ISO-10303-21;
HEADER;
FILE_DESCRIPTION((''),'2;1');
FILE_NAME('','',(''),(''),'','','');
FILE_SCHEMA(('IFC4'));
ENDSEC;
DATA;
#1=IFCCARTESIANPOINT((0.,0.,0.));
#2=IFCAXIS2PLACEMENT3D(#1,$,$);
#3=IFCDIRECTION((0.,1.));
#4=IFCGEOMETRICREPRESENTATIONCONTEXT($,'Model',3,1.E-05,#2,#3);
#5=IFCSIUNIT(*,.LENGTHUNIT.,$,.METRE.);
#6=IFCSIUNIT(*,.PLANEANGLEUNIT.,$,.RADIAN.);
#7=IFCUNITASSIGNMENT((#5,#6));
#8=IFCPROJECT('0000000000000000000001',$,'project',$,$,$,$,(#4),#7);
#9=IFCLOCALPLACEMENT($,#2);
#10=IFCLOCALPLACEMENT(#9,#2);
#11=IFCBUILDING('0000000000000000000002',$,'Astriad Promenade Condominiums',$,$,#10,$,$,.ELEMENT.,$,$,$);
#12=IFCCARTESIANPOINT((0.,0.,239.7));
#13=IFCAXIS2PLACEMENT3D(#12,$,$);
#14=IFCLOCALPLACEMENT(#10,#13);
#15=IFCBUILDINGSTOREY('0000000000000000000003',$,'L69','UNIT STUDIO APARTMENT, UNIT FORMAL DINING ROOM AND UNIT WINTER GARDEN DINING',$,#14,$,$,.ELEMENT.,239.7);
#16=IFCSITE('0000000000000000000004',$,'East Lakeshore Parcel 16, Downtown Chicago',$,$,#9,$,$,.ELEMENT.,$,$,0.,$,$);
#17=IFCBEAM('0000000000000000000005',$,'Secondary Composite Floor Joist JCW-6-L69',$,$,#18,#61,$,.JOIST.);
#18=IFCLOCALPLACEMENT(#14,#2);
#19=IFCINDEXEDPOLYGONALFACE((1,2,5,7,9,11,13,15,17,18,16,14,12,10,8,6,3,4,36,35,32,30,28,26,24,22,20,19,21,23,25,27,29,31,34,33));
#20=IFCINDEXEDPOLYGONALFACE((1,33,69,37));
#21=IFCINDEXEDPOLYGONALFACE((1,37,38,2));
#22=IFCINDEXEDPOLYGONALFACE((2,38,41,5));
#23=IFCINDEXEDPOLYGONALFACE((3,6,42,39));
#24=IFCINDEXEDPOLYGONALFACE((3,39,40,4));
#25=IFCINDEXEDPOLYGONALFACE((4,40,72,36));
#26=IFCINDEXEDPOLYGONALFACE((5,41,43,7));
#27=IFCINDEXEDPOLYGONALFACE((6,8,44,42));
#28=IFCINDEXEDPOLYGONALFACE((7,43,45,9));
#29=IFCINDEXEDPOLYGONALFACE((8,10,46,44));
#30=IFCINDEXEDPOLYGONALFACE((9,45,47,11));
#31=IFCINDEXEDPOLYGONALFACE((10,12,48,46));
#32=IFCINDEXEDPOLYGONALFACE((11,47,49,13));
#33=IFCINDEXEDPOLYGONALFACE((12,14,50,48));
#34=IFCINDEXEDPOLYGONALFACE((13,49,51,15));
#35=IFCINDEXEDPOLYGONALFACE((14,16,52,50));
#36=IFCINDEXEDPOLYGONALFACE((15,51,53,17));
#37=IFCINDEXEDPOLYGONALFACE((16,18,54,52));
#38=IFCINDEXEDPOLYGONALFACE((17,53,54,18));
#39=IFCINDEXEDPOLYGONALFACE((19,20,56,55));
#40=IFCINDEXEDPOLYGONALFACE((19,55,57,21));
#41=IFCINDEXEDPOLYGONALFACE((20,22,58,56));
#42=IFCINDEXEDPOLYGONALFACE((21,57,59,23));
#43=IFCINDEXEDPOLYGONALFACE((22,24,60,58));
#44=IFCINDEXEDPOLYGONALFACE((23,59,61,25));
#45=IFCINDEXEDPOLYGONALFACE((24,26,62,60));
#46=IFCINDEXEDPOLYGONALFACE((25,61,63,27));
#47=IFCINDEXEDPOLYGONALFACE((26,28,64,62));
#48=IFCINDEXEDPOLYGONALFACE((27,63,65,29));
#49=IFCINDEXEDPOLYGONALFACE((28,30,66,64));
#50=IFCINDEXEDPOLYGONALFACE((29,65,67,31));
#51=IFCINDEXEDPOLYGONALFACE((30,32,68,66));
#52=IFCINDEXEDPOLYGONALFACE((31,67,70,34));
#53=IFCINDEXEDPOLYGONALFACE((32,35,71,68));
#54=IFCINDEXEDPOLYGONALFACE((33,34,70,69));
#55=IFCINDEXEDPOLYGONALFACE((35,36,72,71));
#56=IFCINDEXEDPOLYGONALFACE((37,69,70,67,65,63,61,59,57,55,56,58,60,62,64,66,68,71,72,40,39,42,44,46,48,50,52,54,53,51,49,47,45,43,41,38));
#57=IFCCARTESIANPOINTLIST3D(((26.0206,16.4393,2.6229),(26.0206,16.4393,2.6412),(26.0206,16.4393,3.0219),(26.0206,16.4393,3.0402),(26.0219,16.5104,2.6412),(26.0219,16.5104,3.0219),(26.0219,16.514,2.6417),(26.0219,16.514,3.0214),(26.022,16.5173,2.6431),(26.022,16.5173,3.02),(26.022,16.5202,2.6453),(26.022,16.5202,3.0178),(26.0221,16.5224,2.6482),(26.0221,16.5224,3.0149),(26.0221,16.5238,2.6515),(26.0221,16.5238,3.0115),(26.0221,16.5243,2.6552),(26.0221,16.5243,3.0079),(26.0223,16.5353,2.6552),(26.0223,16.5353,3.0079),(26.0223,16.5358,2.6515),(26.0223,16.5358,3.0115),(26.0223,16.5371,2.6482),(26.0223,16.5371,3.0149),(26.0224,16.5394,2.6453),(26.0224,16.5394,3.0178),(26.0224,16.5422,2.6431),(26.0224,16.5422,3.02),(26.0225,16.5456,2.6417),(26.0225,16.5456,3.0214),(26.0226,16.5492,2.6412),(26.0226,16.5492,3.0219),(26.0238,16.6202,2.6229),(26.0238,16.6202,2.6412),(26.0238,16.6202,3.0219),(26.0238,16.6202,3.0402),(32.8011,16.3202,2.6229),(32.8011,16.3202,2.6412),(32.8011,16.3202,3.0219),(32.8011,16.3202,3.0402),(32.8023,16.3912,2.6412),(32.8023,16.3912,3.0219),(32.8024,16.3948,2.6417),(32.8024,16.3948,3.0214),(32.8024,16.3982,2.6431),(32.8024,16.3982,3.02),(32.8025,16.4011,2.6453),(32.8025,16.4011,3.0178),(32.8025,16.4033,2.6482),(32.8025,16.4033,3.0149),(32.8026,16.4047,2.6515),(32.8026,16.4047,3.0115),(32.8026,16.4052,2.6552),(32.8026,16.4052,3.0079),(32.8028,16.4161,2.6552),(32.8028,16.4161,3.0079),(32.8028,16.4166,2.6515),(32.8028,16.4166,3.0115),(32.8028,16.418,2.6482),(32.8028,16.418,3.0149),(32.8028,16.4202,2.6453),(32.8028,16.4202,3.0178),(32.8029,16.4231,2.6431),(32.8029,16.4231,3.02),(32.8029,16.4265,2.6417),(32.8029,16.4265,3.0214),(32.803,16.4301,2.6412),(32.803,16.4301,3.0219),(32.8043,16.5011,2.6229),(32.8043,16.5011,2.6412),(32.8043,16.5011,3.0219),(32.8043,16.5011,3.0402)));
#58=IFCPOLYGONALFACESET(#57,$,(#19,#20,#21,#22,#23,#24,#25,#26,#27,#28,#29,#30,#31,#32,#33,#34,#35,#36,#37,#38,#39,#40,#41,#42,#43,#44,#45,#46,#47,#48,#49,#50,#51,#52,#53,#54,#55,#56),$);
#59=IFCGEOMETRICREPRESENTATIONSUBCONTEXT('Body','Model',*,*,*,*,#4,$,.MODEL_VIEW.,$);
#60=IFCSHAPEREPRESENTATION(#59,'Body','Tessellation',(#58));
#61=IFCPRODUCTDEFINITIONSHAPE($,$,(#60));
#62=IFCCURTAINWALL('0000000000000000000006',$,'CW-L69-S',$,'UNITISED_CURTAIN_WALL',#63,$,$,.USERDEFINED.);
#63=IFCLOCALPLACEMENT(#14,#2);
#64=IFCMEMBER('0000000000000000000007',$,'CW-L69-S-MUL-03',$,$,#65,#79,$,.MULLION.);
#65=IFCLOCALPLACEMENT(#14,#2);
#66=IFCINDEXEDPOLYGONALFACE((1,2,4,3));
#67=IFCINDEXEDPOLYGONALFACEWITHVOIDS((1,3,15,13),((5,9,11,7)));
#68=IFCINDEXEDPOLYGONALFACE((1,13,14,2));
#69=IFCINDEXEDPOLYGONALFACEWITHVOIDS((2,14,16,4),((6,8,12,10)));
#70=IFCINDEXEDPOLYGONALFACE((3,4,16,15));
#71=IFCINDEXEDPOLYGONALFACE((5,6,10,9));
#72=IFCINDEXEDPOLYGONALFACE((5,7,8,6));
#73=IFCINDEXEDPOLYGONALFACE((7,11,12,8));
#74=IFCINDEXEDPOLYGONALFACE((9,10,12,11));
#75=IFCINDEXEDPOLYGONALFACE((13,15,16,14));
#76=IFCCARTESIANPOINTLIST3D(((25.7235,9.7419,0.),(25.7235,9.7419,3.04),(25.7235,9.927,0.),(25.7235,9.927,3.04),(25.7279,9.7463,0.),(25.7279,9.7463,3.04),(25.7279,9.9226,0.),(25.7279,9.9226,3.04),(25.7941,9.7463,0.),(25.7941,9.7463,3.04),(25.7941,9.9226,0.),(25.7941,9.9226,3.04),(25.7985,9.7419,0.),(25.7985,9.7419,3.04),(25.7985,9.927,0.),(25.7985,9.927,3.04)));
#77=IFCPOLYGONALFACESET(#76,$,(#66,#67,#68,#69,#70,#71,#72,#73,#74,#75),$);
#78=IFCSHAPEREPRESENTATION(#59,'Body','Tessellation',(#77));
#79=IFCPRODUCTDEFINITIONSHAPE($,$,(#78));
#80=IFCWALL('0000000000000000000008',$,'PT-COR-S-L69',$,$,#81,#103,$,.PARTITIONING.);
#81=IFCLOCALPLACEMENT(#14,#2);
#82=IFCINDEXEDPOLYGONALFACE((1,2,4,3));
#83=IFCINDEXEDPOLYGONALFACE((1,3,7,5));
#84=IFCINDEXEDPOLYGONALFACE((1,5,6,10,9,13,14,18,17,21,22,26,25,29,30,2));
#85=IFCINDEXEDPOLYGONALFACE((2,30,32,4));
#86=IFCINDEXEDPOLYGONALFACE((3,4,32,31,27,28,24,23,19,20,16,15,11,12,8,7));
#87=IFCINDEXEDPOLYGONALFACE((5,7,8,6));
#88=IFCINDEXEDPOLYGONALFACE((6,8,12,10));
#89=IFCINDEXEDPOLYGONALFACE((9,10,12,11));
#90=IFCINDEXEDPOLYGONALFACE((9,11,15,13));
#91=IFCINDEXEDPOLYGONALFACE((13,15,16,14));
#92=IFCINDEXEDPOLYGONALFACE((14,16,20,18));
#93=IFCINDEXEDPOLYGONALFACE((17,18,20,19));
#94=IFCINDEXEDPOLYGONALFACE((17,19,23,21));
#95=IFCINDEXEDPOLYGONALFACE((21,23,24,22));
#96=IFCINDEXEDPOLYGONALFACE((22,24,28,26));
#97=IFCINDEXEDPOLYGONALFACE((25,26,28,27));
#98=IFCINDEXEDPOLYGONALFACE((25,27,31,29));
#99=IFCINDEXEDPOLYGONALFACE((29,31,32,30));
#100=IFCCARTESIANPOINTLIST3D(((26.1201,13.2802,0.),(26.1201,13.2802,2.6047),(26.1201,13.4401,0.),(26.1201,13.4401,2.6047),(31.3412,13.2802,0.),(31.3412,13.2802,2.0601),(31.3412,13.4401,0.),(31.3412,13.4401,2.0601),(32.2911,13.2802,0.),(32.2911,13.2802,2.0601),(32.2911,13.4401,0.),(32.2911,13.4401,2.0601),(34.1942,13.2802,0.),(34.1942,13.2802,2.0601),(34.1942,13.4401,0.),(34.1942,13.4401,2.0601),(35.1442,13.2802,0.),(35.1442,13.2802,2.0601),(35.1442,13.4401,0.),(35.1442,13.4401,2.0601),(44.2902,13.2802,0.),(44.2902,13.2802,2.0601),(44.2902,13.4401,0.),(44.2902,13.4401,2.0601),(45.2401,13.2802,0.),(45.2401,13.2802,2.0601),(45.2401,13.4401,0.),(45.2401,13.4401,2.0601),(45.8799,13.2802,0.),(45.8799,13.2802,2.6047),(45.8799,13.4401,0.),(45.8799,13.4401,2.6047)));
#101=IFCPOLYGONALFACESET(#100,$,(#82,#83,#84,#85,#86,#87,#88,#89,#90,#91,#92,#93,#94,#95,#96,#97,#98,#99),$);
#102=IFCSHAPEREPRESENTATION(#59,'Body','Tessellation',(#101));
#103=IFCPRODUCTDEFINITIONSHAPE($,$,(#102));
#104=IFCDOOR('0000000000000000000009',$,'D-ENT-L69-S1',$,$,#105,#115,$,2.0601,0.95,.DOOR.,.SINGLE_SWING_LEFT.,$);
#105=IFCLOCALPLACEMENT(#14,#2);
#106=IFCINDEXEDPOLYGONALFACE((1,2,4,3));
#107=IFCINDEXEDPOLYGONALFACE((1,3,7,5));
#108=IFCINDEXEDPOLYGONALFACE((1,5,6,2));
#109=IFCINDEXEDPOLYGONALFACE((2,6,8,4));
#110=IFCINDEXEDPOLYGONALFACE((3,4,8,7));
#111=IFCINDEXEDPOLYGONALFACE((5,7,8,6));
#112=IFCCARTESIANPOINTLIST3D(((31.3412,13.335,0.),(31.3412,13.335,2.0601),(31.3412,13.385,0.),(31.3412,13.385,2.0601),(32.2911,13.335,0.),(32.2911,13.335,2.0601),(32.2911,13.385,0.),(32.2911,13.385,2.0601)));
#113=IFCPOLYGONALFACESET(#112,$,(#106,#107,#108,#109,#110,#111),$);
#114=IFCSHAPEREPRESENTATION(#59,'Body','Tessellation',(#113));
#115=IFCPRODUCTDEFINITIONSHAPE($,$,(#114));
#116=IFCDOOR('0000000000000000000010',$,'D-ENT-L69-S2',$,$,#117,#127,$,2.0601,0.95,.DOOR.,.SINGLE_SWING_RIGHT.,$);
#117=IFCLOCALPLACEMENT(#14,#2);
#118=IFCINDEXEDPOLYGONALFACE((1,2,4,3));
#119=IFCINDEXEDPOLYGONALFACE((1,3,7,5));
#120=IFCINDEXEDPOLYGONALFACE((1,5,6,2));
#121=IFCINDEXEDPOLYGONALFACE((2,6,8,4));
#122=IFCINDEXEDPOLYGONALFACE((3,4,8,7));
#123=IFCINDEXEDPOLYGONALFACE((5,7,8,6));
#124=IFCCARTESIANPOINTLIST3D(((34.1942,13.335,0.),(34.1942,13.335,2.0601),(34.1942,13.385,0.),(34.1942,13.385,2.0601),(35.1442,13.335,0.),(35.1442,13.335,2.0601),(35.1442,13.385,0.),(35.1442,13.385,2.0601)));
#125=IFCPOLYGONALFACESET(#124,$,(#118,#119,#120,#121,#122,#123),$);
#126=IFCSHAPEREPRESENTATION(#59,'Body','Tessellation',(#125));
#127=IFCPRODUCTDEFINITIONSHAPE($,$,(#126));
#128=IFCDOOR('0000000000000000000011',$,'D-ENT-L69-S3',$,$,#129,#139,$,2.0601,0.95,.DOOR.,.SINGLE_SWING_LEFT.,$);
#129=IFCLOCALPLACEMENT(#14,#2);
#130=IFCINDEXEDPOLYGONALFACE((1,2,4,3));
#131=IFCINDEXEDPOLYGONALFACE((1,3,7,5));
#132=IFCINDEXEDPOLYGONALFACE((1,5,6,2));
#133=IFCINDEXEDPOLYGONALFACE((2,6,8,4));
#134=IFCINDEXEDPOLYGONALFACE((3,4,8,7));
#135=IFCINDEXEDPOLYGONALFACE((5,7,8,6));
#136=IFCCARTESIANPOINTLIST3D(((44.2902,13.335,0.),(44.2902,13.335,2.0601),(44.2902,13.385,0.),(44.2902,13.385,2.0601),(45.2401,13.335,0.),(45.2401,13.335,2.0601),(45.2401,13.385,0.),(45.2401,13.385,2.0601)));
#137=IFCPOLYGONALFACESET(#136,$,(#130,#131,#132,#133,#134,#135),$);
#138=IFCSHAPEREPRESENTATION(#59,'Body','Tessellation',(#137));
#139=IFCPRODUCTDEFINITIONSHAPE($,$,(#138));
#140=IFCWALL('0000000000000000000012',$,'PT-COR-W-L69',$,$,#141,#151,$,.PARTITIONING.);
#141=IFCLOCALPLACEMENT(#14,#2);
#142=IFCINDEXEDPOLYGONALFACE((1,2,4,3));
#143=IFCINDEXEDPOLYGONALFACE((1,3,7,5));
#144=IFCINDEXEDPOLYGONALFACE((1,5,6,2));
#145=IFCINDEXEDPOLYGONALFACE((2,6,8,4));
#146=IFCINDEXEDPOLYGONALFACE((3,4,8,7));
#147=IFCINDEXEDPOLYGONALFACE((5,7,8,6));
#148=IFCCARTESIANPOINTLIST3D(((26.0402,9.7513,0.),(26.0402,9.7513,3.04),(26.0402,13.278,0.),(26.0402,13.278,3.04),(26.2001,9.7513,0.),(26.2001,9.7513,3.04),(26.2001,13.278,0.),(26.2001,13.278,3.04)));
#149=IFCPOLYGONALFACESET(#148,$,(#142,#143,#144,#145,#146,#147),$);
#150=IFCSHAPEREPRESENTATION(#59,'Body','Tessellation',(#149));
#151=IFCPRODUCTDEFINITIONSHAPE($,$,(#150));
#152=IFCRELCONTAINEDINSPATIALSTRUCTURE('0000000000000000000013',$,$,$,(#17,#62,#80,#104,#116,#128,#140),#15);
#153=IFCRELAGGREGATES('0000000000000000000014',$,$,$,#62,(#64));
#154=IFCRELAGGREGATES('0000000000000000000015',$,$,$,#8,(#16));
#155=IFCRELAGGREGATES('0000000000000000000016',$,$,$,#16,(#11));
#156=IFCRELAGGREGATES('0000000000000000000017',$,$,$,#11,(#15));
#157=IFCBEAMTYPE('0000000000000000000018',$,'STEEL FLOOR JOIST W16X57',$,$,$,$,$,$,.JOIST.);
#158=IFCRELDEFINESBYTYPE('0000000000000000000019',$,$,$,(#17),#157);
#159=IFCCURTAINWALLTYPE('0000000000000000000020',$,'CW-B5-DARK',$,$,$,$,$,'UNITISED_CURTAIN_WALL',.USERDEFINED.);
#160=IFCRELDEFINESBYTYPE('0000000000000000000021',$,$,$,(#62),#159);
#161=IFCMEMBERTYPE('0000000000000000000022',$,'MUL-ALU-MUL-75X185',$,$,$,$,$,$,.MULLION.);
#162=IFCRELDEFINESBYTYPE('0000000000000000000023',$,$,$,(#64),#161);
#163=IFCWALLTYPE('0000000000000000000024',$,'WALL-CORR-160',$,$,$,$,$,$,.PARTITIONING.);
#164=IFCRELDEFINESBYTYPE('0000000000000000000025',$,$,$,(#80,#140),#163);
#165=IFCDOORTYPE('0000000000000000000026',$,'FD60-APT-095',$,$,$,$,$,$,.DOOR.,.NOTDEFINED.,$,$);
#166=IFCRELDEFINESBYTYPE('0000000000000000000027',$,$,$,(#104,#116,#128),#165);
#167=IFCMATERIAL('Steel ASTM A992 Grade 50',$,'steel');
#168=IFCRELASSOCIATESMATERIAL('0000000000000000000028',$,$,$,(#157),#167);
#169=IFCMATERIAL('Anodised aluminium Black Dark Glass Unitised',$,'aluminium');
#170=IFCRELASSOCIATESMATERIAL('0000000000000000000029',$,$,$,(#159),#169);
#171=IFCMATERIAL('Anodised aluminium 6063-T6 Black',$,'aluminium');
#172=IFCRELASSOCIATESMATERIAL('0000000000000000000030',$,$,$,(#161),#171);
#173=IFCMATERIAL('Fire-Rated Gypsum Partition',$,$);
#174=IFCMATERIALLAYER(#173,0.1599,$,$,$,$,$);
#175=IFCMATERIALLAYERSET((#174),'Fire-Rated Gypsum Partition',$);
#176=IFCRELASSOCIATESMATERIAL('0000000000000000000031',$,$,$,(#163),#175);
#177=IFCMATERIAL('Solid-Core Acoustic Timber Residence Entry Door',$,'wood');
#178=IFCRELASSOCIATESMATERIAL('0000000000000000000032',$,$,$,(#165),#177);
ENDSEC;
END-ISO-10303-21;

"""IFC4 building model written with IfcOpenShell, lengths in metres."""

from ifc_helpers import new_model, si_unit, direction, frame, frame_2d, origin, origin_2d, place, context, subcontext, project, spatial, rectangle, hollow_rectangle, i_section, extrude, source, transform, mapped, material, layer, layer_set, material_profile, profile_set, type_object, type_shapes, element, fill, aggregate, save


model = new_model("IFC4")

# Units and contexts
model_context = context("Model", 3, precision=1e-05, world=origin(), true_north=direction((0.0, 1.0)))
body_context = subcontext(model_context, "Body", "Model", "MODEL_VIEW")
ifc_project = project(units=[si_unit("LENGTHUNIT", "METRE"), si_unit("PLANEANGLEUNIT", "RADIAN")], contexts=[model_context])

# Site, building, storey
site_placement = place(None, origin())
site = spatial("IfcSite", under=ifc_project, at=site_placement, Name="East Lakeshore Parcel 16, Downtown Chicago", CompositionType="ELEMENT", RefElevation=0.0)
building_placement = place(site_placement, origin())
building = spatial("IfcBuilding", under=site, at=building_placement, Name="Astriad Promenade Condominiums", CompositionType="ELEMENT")
storey_placement = place(building_placement, frame((0.0, 0.0, 239.7)))
storey = spatial("IfcBuildingStorey", under=building, at=storey_placement, Name="L69", Description="UNIT STUDIO APARTMENT, UNIT FORMAL DINING ROOM AND UNIT WINTER GARDEN DINING", CompositionType="ELEMENT", Elevation=239.7)

# Beam
ifc_material_1 = material(Name="Steel ASTM A992 Grade 50", Category="steel")
ifc_material_profile_1 = material_profile(ifc_material_1, i_section(OverallWidth=0.1809, OverallDepth=0.4172, WebThickness=0.011, FlangeThickness=0.0183, FilletRadius=0.0139, at=origin_2d()), Name="W16X57")
ifc_profile_set_1 = profile_set([ifc_material_profile_1], Name="Steel ASTM A992 Grade 50")
beam_type_1 = type_object("IfcBeamType", Name="STEEL FLOOR JOIST W16X57", PredefinedType="JOIST", material=ifc_profile_set_1)
shared_shape_1 = source(origin(), body_context, "Body", "SweptSolid", [
    extrude(i_section(OverallWidth=0.1809, OverallDepth=0.4172, WebThickness=0.011, FlangeThickness=0.0183, FilletRadius=0.0139, at=origin_2d()), origin(), (0.0, 0.0, 1.0), 6.7815),
])
beam_1_placement = place(storey_placement, frame((26.0222, 16.5298, 2.8315), z_axis=(0.999846, -0.017568, 0.0), x_axis=(0.017568, 0.999846, 0.0)))
element("IfcBeam", 1, at=beam_1_placement, inside=storey, type_object=beam_type_1, Name="Secondary Composite Floor Joist JCW-6-L69", PredefinedType="JOIST", context=body_context, shape_type="MappedRepresentation", body=[
    mapped(shared_shape_1, transform((0.0, 0.0, 0.0), scale=1.0)),
])

# Curtain wall, member
ifc_material_2 = material(Name="Anodised aluminium Black Dark Glass Unitised", Category="aluminium")
curtain_wall_type = type_object("IfcCurtainWallType", Name="CW-B5-DARK", ElementType="UNITISED_CURTAIN_WALL", PredefinedType="USERDEFINED", material=ifc_material_2)
curtain_wall_placement = place(storey_placement, origin())
curtain_wall = element("IfcCurtainWall", 2, at=curtain_wall_placement, inside=storey, type_object=curtain_wall_type, Name="CW-L69-S", ObjectType="UNITISED_CURTAIN_WALL", PredefinedType="USERDEFINED")
ifc_material_3 = material(Name="Anodised aluminium 6063-T6 Black", Category="aluminium")
ifc_material_profile_2 = material_profile(ifc_material_3, hollow_rectangle(XDim=0.075, YDim=0.1851, WallThickness=0.0044, at=origin_2d()), Name="ALU-MUL-75X185")
ifc_profile_set_2 = profile_set([ifc_material_profile_2], Name="Anodised aluminium 6063-T6 Black")
member_type = type_object("IfcMemberType", Name="MUL-ALU-MUL-75X185", PredefinedType="MULLION", material=ifc_profile_set_2)
shared_shape_2 = source(origin(), body_context, "Body", "SweptSolid", [
    extrude(hollow_rectangle(XDim=0.075, YDim=0.1851, WallThickness=0.0044, at=origin_2d()), origin(), (0.0, 0.0, 1.0), 3.04),
])
type_shapes(member_type, [shared_shape_2])
member_placement = place(storey_placement, frame((25.761, 9.8345, 0.0), z_axis=(0.0, 0.0, 1.0), x_axis=(1.0, 0.0, 0.0)))
member = element("IfcMember", 3, at=member_placement, type_object=member_type, Name="CW-L69-S-MUL-03", PredefinedType="MULLION", context=body_context, shape_type="MappedRepresentation", body=[
    mapped(shared_shape_2, transform((0.0, 0.0, 0.0), scale=1.0)),
])
aggregate(curtain_wall, [member])

# Wall, openings, doors
ifc_material_4 = material(Name="Fire-Rated Gypsum Partition")
ifc_layer_1 = layer(ifc_material_4, 0.1599)
ifc_layer_set_1 = layer_set([ifc_layer_1], Name="Fire-Rated Gypsum Partition")
wall_type_1 = type_object("IfcWallType", Name="WALL-CORR-160", PredefinedType="PARTITIONING", material=ifc_layer_set_1)
wall_1_placement = place(storey_placement, frame((26.1201, 13.3601, 0.0), z_axis=(0.0, 0.0, 1.0), x_axis=(1.0, 0.0, 0.0)))
wall_1 = element("IfcWall", 4, at=wall_1_placement, inside=storey, type_object=wall_type_1, Name="PT-COR-S-L69", PredefinedType="PARTITIONING", context=body_context, shape_type="SweptSolid", body=[
    extrude(rectangle(XDim=19.7598, YDim=0.1599, at=frame_2d((9.8799, 0.0))), origin(), (0.0, 0.0, 1.0), 2.6047),
])
opening_1_placement = place(wall_1_placement, frame((5.2209, 0.0, 0.0)))
opening_1 = element("IfcOpeningElement", 5, at=opening_1_placement, cuts=wall_1, PredefinedType="OPENING", context=body_context, shape_type="SweptSolid", body=[
    extrude(rectangle(XDim=0.95, YDim=2.0601, at=frame_2d((0.4751, 1.03))), frame((0.0, 0.0898, 0.0), z_axis=(0.0, -1.0, 0.0), x_axis=(1.0, 0.0, 0.0)), (0.0, 0.0, 1.0), 0.1799),
])
opening_2_placement = place(wall_1_placement, frame((8.074, 0.0, 0.0)))
opening_2 = element("IfcOpeningElement", 6, at=opening_2_placement, cuts=wall_1, PredefinedType="OPENING", context=body_context, shape_type="SweptSolid", body=[
    extrude(rectangle(XDim=0.95, YDim=2.0601, at=frame_2d((0.4751, 1.03))), frame((0.0, 0.0898, 0.0), z_axis=(0.0, -1.0, 0.0), x_axis=(1.0, 0.0, 0.0)), (0.0, 0.0, 1.0), 0.1799),
])
opening_3_placement = place(wall_1_placement, frame((18.1699, 0.0, 0.0)))
opening_3 = element("IfcOpeningElement", 7, at=opening_3_placement, cuts=wall_1, PredefinedType="OPENING", context=body_context, shape_type="SweptSolid", body=[
    extrude(rectangle(XDim=0.95, YDim=2.0601, at=frame_2d((0.4751, 1.03))), frame((0.0, 0.0898, 0.0), z_axis=(0.0, -1.0, 0.0), x_axis=(1.0, 0.0, 0.0)), (0.0, 0.0, 1.0), 0.1799),
])
ifc_material_5 = material(Name="Solid-Core Acoustic Timber Residence Entry Door", Category="wood")
door_type_1 = type_object("IfcDoorType", Name="FD60-APT-095", OperationType="NOTDEFINED", PredefinedType="DOOR", material=ifc_material_5)
shared_shape_3 = source(origin(), body_context, "Body", "SweptSolid", [
    extrude(rectangle(XDim=0.95, YDim=2.0601, at=frame_2d((0.4751, 1.03))), frame((0.0, 0.0249, 0.0), z_axis=(0.0, -1.0, 0.0), x_axis=(1.0, 0.0, 0.0)), (0.0, 0.0, 1.0), 0.05),
])
type_shapes(door_type_1, [shared_shape_3])
door_1_placement = place(opening_1_placement, origin())
door_1 = element("IfcDoor", 8, at=door_1_placement, inside=storey, type_object=door_type_1, Name="D-ENT-L69-S1", OperationType="SINGLE_SWING_LEFT", OverallHeight=2.0601, OverallWidth=0.95, PredefinedType="DOOR", context=body_context, shape_type="MappedRepresentation", body=[
    mapped(shared_shape_3, transform((0.0, 0.0, 0.0), scale=1.0)),
])
fill(opening_1, door_1)
door_2_placement = place(opening_2_placement, origin())
door_2 = element("IfcDoor", 9, at=door_2_placement, inside=storey, type_object=door_type_1, Name="D-ENT-L69-S2", OperationType="SINGLE_SWING_RIGHT", OverallHeight=2.0601, OverallWidth=0.95, PredefinedType="DOOR", context=body_context, shape_type="MappedRepresentation", body=[
    mapped(shared_shape_3, transform((0.0, 0.0, 0.0), scale=1.0)),
])
fill(opening_2, door_2)
door_3_placement = place(opening_3_placement, origin())
door_3 = element("IfcDoor", 10, at=door_3_placement, inside=storey, type_object=door_type_1, Name="D-ENT-L69-S3", OperationType="SINGLE_SWING_LEFT", OverallHeight=2.0601, OverallWidth=0.95, PredefinedType="DOOR", context=body_context, shape_type="MappedRepresentation", body=[
    mapped(shared_shape_3, transform((0.0, 0.0, 0.0), scale=1.0)),
])
fill(opening_3, door_3)

# Wall
wall_2_placement = place(storey_placement, frame((26.1201, 9.7515, 0.0), z_axis=(0.0, 0.0, 1.0), x_axis=(0.0, 1.0, 0.0)))
element("IfcWall", 11, at=wall_2_placement, inside=storey, type_object=wall_type_1, Name="PT-COR-W-L69", PredefinedType="PARTITIONING", context=body_context, shape_type="SweptSolid", body=[
    extrude(rectangle(XDim=3.5266, YDim=0.1599, at=frame_2d((1.7632, 0.0))), origin(), (0.0, 0.0, 1.0), 3.04),
])

save(model, "model.ifc")
